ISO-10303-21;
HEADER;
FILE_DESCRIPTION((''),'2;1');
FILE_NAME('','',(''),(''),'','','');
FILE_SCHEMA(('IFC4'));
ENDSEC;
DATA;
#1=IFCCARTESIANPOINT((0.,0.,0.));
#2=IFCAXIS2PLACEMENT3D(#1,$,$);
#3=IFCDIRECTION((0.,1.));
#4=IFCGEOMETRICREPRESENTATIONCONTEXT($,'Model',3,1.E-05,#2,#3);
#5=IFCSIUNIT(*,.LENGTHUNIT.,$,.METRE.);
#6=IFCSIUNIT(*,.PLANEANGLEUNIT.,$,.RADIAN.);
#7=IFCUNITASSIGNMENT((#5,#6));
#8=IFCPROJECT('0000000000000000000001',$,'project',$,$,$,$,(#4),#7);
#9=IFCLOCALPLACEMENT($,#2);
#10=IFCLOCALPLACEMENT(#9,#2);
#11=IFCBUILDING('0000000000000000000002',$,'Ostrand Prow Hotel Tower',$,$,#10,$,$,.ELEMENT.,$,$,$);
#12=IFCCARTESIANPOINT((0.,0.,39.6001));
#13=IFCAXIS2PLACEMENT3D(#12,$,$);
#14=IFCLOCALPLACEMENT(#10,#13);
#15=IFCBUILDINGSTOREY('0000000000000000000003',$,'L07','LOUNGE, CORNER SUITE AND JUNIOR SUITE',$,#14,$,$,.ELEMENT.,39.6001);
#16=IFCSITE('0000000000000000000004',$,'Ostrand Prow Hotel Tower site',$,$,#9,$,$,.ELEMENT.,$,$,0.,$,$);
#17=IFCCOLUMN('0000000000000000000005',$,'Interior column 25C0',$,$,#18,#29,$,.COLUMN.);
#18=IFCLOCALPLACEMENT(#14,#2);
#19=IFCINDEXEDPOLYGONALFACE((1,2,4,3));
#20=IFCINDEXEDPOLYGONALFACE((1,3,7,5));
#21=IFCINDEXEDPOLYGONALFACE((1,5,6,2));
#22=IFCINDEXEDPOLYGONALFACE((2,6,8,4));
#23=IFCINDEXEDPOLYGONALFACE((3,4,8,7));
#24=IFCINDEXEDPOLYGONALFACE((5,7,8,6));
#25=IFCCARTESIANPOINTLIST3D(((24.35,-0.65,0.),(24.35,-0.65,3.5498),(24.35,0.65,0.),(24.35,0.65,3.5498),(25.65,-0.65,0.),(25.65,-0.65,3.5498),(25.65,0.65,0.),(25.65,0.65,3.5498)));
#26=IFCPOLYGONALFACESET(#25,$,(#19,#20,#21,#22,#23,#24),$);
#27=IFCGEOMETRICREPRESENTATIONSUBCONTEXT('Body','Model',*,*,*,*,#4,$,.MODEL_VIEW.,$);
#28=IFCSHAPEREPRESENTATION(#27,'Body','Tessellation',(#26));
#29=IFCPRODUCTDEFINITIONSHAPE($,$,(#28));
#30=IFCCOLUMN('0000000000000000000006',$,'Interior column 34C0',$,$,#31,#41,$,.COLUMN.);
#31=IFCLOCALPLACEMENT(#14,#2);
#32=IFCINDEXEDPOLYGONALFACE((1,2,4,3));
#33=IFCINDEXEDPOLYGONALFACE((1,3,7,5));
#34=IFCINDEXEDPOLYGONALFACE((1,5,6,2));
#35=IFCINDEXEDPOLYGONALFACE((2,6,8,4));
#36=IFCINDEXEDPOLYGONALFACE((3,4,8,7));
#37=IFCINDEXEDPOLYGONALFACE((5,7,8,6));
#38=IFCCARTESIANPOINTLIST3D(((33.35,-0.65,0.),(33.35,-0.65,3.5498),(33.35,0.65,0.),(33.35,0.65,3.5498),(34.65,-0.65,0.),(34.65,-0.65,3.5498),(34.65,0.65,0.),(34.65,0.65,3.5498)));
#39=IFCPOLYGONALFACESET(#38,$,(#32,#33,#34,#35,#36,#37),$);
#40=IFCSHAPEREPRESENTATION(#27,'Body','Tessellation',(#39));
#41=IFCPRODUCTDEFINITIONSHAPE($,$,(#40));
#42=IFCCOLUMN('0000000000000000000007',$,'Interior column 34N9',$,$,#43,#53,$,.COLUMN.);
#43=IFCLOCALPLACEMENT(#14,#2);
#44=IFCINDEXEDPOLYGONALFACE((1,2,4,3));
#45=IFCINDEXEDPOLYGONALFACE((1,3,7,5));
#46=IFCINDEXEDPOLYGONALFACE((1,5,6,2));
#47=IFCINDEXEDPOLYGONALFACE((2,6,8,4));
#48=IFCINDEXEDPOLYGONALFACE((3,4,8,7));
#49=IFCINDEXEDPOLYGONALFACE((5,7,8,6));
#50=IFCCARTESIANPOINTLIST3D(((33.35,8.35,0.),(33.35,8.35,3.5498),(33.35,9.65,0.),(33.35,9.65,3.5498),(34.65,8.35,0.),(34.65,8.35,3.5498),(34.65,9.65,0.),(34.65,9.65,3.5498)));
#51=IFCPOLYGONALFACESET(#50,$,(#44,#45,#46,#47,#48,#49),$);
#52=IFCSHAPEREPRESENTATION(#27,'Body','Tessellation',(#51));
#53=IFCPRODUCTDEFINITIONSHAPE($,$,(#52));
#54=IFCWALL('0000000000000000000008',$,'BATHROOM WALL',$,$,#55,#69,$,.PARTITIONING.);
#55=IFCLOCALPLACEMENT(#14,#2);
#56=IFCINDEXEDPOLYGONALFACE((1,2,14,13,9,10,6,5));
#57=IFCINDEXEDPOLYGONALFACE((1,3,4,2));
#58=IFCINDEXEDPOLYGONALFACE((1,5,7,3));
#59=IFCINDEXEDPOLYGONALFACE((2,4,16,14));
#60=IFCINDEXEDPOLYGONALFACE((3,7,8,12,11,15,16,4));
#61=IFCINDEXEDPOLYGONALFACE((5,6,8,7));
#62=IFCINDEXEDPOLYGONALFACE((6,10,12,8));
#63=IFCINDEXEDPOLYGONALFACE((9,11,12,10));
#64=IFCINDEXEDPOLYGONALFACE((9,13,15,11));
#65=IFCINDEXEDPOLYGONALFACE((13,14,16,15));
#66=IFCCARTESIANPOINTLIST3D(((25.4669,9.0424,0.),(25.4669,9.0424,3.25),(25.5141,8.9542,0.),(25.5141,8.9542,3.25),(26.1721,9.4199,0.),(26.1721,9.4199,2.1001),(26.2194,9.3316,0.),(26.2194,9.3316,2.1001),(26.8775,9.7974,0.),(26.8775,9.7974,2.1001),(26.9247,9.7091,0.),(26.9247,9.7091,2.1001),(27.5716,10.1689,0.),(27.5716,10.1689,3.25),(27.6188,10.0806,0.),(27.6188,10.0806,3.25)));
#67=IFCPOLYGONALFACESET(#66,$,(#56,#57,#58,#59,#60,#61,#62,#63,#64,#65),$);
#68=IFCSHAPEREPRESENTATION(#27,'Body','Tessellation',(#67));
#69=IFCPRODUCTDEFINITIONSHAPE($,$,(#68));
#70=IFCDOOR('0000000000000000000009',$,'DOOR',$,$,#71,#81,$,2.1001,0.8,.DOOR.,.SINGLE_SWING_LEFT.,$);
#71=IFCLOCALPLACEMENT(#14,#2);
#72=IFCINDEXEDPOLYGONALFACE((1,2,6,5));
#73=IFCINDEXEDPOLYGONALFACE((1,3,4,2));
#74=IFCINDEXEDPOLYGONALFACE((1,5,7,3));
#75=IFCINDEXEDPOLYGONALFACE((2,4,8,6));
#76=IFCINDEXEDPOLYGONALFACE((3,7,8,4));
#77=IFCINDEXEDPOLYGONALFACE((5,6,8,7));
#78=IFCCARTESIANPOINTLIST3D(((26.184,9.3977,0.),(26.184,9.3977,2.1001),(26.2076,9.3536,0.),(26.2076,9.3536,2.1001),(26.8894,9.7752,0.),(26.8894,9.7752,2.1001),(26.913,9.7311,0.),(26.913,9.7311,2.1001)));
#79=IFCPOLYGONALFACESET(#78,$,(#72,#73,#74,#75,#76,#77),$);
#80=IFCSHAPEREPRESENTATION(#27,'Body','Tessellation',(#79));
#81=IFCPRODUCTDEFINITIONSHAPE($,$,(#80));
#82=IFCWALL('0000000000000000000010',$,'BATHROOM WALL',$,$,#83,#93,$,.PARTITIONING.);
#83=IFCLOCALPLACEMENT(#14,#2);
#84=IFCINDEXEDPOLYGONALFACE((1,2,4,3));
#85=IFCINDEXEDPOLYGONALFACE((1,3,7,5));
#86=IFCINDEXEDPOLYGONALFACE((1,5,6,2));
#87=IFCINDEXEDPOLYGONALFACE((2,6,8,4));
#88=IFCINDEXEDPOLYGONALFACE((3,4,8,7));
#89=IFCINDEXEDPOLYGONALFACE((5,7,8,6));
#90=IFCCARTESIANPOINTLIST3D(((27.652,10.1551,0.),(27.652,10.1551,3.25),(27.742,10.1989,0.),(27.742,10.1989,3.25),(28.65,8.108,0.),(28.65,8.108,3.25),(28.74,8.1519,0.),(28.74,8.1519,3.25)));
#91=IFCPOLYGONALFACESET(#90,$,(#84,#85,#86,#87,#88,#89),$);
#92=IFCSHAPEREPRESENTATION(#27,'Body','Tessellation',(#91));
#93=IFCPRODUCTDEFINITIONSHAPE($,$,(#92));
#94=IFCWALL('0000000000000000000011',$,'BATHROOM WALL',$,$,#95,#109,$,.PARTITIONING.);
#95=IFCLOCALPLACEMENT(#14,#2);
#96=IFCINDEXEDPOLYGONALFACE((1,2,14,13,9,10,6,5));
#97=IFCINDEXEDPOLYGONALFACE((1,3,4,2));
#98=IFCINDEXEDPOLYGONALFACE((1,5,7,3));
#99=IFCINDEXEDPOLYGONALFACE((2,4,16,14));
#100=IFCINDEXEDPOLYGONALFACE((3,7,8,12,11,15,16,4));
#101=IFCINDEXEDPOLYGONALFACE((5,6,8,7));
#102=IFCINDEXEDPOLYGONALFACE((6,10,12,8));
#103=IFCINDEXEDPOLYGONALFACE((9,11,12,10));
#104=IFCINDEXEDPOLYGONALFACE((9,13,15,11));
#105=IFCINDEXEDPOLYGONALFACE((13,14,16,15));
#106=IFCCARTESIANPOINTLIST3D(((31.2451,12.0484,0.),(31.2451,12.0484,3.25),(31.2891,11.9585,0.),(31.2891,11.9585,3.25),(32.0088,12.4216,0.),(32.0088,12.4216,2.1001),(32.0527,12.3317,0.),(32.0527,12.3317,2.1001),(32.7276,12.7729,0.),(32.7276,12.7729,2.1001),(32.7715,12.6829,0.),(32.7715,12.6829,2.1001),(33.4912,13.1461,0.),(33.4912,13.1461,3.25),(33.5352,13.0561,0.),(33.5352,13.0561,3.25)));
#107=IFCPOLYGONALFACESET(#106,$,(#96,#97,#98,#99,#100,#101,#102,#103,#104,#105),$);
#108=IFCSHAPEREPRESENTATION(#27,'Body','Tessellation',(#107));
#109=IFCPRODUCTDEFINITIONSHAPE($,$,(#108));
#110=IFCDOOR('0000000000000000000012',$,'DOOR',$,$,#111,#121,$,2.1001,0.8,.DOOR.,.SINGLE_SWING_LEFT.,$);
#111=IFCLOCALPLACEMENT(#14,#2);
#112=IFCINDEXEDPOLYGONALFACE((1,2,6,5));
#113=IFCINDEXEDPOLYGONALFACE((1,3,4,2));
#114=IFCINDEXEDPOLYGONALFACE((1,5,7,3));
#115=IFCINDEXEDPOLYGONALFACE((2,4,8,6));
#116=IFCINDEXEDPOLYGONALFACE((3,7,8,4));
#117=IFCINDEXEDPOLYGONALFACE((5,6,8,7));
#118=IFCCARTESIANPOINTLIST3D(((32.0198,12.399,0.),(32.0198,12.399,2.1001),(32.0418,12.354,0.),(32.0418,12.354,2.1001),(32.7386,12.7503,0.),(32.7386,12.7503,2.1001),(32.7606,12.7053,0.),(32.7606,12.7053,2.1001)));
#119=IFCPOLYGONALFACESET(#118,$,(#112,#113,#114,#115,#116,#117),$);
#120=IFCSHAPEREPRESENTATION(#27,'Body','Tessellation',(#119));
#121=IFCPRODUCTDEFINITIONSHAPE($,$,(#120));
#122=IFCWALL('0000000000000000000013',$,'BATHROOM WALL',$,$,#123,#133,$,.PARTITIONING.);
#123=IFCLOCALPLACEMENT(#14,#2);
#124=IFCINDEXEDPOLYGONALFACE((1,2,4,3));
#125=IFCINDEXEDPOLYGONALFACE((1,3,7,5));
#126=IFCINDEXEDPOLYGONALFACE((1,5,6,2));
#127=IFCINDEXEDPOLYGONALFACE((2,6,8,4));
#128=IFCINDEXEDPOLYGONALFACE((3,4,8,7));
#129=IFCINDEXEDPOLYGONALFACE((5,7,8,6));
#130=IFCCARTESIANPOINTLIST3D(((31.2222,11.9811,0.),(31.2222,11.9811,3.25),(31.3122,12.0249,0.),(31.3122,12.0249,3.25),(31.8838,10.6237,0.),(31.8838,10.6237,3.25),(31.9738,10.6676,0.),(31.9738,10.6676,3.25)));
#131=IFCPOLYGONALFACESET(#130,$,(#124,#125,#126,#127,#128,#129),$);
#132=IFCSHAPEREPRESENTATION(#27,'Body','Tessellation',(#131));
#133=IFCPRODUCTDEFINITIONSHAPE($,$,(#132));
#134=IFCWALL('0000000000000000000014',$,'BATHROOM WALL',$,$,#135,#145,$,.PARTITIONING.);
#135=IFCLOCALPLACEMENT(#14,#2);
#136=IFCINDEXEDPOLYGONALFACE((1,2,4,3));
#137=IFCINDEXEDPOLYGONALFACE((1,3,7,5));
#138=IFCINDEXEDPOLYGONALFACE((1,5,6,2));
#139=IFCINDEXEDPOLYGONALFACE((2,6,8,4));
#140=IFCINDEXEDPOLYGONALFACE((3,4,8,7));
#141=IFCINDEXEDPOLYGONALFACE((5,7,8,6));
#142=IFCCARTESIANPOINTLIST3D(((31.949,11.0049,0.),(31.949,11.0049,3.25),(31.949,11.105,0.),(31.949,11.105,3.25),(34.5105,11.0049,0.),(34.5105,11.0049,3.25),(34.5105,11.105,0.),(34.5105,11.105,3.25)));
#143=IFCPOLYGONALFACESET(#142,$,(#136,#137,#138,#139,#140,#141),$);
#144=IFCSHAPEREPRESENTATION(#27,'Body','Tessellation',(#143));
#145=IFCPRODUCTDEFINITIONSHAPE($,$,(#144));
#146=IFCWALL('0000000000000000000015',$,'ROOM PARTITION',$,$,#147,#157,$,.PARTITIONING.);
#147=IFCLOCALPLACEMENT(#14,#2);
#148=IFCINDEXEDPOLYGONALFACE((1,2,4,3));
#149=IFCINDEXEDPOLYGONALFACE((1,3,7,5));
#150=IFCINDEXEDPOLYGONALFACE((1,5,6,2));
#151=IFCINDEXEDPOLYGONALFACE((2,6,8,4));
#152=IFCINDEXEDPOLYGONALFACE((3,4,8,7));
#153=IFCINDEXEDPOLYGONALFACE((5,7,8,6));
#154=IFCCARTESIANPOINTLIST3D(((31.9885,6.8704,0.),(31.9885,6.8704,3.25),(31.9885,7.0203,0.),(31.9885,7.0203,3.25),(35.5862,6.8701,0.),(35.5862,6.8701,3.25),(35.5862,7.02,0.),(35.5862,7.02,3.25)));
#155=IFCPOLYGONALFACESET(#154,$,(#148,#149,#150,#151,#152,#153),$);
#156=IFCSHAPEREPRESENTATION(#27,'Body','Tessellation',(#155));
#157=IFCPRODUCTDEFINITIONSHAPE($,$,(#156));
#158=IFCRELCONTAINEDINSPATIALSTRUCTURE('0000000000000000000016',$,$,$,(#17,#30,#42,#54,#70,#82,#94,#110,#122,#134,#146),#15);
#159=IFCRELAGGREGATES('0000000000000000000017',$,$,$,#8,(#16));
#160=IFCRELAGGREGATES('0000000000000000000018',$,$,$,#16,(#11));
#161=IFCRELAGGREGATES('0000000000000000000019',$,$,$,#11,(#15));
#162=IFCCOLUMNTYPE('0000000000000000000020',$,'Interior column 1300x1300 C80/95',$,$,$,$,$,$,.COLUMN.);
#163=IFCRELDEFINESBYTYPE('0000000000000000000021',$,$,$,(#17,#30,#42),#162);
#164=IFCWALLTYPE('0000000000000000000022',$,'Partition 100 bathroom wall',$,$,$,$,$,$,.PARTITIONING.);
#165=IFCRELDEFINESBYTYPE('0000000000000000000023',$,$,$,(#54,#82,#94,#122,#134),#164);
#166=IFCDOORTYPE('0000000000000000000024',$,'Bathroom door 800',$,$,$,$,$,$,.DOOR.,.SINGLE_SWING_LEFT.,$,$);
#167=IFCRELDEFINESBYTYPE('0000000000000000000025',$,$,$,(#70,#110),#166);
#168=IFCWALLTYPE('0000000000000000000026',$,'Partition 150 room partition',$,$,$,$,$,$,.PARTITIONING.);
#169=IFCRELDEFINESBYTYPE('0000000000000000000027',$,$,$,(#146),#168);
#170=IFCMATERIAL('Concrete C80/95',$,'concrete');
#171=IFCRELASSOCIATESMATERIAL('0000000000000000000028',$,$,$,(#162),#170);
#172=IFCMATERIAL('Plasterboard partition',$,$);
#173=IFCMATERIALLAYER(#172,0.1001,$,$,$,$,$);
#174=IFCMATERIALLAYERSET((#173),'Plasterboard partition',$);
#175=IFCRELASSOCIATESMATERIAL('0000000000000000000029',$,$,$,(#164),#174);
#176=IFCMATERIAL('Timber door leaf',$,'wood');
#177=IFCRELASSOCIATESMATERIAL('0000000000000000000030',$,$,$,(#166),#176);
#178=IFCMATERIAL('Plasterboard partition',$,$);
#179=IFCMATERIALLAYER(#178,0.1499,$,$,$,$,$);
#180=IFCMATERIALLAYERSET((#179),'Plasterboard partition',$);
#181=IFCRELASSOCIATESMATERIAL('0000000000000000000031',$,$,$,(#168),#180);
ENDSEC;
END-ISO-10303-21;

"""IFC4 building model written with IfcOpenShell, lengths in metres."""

from ifc_helpers import new_model, si_unit, direction, frame, frame_2d, origin, origin_2d, place, context, subcontext, project, spatial, rectangle, extrude, material, layer, layer_set, material_profile, profile_set, type_object, element, fill, save


model = new_model("IFC4")

# Units and contexts
model_context = context("Model", 3, precision=1e-05, world=origin(), true_north=direction((0.0, 1.0)))
body_context = subcontext(model_context, "Body", "Model", "MODEL_VIEW")
ifc_project = project(units=[si_unit("LENGTHUNIT", "METRE"), si_unit("PLANEANGLEUNIT", "RADIAN")], contexts=[model_context])

# Site, building, storey
site_placement = place(None, origin())
site = spatial("IfcSite", under=ifc_project, at=site_placement, Name="Ostrand Prow Hotel Tower site", CompositionType="ELEMENT", RefElevation=0.0)
building_placement = place(site_placement, origin())
building = spatial("IfcBuilding", under=site, at=building_placement, Name="Ostrand Prow Hotel Tower", CompositionType="ELEMENT")
storey_placement = place(building_placement, frame((0.0, 0.0, 39.6001)))
storey = spatial("IfcBuildingStorey", under=building, at=storey_placement, Name="L07", Description="LOUNGE, CORNER SUITE AND JUNIOR SUITE", CompositionType="ELEMENT", Elevation=39.6001)

# Columns
ifc_material_1 = material(Name="Concrete C80/95", Category="concrete")
ifc_material_profile = material_profile(ifc_material_1, rectangle(XDim=1.3, YDim=1.3, at=origin_2d()), Name="RC 1300x1300")
ifc_profile_set = profile_set([ifc_material_profile], Name="Concrete C80/95")
column_type = type_object("IfcColumnType", Name="Interior column 1300x1300 C80/95", PredefinedType="COLUMN", material=ifc_profile_set)
for number, where, z_axis, x_axis, name in (
    (1, (25.0, 0.0, 0.0), (0.0, 0.0, 1.0), (1.0, 0.0, 0.0), "Interior column 25C0"),
    (2, (34.0, 0.0, 0.0), (0.0, 0.0, 1.0), (1.0, 0.0, 0.0), "Interior column 34C0"),
    (3, (34.0, 9.0, 0.0), (0.0, 0.0, 1.0), (1.0, 0.0, 0.0), "Interior column 34N9"),
):
    element("IfcColumn", number, at=place(storey_placement, frame(where, z_axis=z_axis, x_axis=x_axis)), inside=storey, type_object=column_type, Name=name, PredefinedType="COLUMN", context=body_context, shape_type="SweptSolid", body=[
        extrude(rectangle(XDim=1.3, YDim=1.3, at=origin_2d()), origin(), (0.0, 0.0, 1.0), 3.5498),
    ])

# Wall, opening, door
ifc_material_2 = material(Name="Plasterboard partition")
ifc_layer_1 = layer(ifc_material_2, 0.1001)
ifc_layer_set_1 = layer_set([ifc_layer_1], Name="Plasterboard partition")
wall_type_1 = type_object("IfcWallType", Name="Partition 100 bathroom wall", PredefinedType="PARTITIONING", material=ifc_layer_set_1)
wall_1_placement = place(storey_placement, frame((25.4905, 8.9983, 0.0), z_axis=(0.0, 0.0, 1.0), x_axis=(0.881667, 0.471872, 0.0)))
wall_1 = element("IfcWall", 4, at=wall_1_placement, inside=storey, type_object=wall_type_1, Name="BATHROOM WALL", PredefinedType="PARTITIONING", context=body_context, shape_type="SweptSolid", body=[
    extrude(rectangle(XDim=2.3872, YDim=0.1001, at=frame_2d((1.1936, 0.0))), origin(), (0.0, 0.0, 1.0), 3.25),
])
opening_1_placement = place(wall_1_placement, frame((0.8, 0.0, 0.0)))
opening_1 = element("IfcOpeningElement", 5, at=opening_1_placement, cuts=wall_1, PredefinedType="OPENING", context=body_context, shape_type="SweptSolid", body=[
    extrude(rectangle(XDim=0.8, YDim=2.1001, at=frame_2d((0.3999, 1.05))), frame((0.0, 0.0601, 0.0), z_axis=(0.0, -1.0, 0.0), x_axis=(1.0, 0.0, 0.0)), (0.0, 0.0, 1.0), 0.1201),
])
ifc_material_3 = material(Name="Timber door leaf", Category="wood")
door_type_1 = type_object("IfcDoorType", Name="Bathroom door 800", OperationType="SINGLE_SWING_LEFT", PredefinedType="DOOR", material=ifc_material_3)
door_1_placement = place(opening_1_placement, origin())
door_1 = element("IfcDoor", 6, at=door_1_placement, inside=storey, type_object=door_type_1, Name="DOOR", OperationType="SINGLE_SWING_LEFT", OverallHeight=2.1001, OverallWidth=0.8, PredefinedType="DOOR", context=body_context, shape_type="SweptSolid", body=[
    extrude(rectangle(XDim=0.8, YDim=2.1001, at=frame_2d((0.3999, 1.05))), frame((0.0, 0.0249, 0.0), z_axis=(0.0, -1.0, 0.0), x_axis=(1.0, 0.0, 0.0)), (0.0, 0.0, 1.0), 0.05),
])
fill(opening_1, door_1)

# Wall
wall_2_placement = place(storey_placement, frame((27.697, 10.177, 0.0), z_axis=(0.0, 0.0, 1.0), x_axis=(0.438229, -0.898863, 0.0)))
element("IfcWall", 7, at=wall_2_placement, inside=storey, type_object=wall_type_1, Name="BATHROOM WALL", PredefinedType="PARTITIONING", context=body_context, shape_type="SweptSolid", body=[
    extrude(rectangle(XDim=2.2773, YDim=0.1001, at=frame_2d((1.1387, 0.0))), origin(), (0.0, 0.0, 1.0), 3.25),
])

# Wall, opening, door
wall_3_placement = place(storey_placement, frame((31.2671, 12.0034, 0.0), z_axis=(0.0, 0.0, 1.0), x_axis=(0.898453, 0.43907, 0.0)))
wall_3 = element("IfcWall", 8, at=wall_3_placement, inside=storey, type_object=wall_type_1, Name="BATHROOM WALL", PredefinedType="PARTITIONING", context=body_context, shape_type="SweptSolid", body=[
    extrude(rectangle(XDim=2.5, YDim=0.1001, at=frame_2d((1.25, 0.0))), origin(), (0.0, 0.0, 1.0), 3.25),
])
opening_2_placement = place(wall_3_placement, frame((0.8501, 0.0, 0.0)))
opening_2 = element("IfcOpeningElement", 9, at=opening_2_placement, cuts=wall_3, PredefinedType="OPENING", context=body_context, shape_type="SweptSolid", body=[
    extrude(rectangle(XDim=0.8, YDim=2.1001, at=frame_2d((0.3999, 1.05))), frame((0.0, 0.0601, 0.0), z_axis=(0.0, -1.0, 0.0), x_axis=(1.0, 0.0, 0.0)), (0.0, 0.0, 1.0), 0.1201),
])
door_2_placement = place(opening_2_placement, origin())
door_2 = element("IfcDoor", 10, at=door_2_placement, inside=storey, type_object=door_type_1, Name="DOOR", OperationType="SINGLE_SWING_LEFT", OverallHeight=2.1001, OverallWidth=0.8, PredefinedType="DOOR", context=body_context, shape_type="SweptSolid", body=[
    extrude(rectangle(XDim=0.8, YDim=2.1001, at=frame_2d((0.3999, 1.05))), frame((0.0, 0.0249, 0.0), z_axis=(0.0, -1.0, 0.0), x_axis=(1.0, 0.0, 0.0)), (0.0, 0.0, 1.0), 0.05),
])
fill(opening_2, door_2)

# Walls
wall_4_placement = place(storey_placement, frame((31.9287, 10.6458, 0.0), z_axis=(0.0, 0.0, 1.0), x_axis=(-0.438137, 0.898908, 0.0)))
element("IfcWall", 11, at=wall_4_placement, inside=storey, type_object=wall_type_1, Name="BATHROOM WALL", PredefinedType="PARTITIONING", context=body_context, shape_type="SweptSolid", body=[
    extrude(rectangle(XDim=1.51, YDim=0.1001, at=frame_2d((0.7549, 0.0))), origin(), (0.0, 0.0, 1.0), 3.25),
])
wall_5_placement = place(storey_placement, frame((34.5105, 11.0549, 0.0), z_axis=(0.0, 0.0, 1.0), x_axis=(-1.0, 0.0, 0.0)))
element("IfcWall", 12, at=wall_5_placement, inside=storey, type_object=wall_type_1, Name="BATHROOM WALL", PredefinedType="PARTITIONING", context=body_context, shape_type="SweptSolid", body=[
    extrude(rectangle(XDim=2.5615, YDim=0.1001, at=frame_2d((1.2808, 0.0))), origin(), (0.0, 0.0, 1.0), 3.25),
])
ifc_material_4 = material(Name="Plasterboard partition")
ifc_layer_2 = layer(ifc_material_4, 0.1499)
ifc_layer_set_2 = layer_set([ifc_layer_2], Name="Plasterboard partition")
wall_type_2 = type_object("IfcWallType", Name="Partition 150 room partition", PredefinedType="PARTITIONING", material=ifc_layer_set_2)
wall_6_placement = place(storey_placement, frame((31.9885, 6.9453, 0.0), z_axis=(0.0, 0.0, 1.0), x_axis=(1.0, -0.000068, 0.0)))
element("IfcWall", 13, at=wall_6_placement, inside=storey, type_object=wall_type_2, Name="ROOM PARTITION", PredefinedType="PARTITIONING", context=body_context, shape_type="SweptSolid", body=[
    extrude(rectangle(XDim=3.5977, YDim=0.1499, at=frame_2d((1.7988, 0.0))), origin(), (0.0, 0.0, 1.0), 3.25),
])

save(model, "model.ifc")
